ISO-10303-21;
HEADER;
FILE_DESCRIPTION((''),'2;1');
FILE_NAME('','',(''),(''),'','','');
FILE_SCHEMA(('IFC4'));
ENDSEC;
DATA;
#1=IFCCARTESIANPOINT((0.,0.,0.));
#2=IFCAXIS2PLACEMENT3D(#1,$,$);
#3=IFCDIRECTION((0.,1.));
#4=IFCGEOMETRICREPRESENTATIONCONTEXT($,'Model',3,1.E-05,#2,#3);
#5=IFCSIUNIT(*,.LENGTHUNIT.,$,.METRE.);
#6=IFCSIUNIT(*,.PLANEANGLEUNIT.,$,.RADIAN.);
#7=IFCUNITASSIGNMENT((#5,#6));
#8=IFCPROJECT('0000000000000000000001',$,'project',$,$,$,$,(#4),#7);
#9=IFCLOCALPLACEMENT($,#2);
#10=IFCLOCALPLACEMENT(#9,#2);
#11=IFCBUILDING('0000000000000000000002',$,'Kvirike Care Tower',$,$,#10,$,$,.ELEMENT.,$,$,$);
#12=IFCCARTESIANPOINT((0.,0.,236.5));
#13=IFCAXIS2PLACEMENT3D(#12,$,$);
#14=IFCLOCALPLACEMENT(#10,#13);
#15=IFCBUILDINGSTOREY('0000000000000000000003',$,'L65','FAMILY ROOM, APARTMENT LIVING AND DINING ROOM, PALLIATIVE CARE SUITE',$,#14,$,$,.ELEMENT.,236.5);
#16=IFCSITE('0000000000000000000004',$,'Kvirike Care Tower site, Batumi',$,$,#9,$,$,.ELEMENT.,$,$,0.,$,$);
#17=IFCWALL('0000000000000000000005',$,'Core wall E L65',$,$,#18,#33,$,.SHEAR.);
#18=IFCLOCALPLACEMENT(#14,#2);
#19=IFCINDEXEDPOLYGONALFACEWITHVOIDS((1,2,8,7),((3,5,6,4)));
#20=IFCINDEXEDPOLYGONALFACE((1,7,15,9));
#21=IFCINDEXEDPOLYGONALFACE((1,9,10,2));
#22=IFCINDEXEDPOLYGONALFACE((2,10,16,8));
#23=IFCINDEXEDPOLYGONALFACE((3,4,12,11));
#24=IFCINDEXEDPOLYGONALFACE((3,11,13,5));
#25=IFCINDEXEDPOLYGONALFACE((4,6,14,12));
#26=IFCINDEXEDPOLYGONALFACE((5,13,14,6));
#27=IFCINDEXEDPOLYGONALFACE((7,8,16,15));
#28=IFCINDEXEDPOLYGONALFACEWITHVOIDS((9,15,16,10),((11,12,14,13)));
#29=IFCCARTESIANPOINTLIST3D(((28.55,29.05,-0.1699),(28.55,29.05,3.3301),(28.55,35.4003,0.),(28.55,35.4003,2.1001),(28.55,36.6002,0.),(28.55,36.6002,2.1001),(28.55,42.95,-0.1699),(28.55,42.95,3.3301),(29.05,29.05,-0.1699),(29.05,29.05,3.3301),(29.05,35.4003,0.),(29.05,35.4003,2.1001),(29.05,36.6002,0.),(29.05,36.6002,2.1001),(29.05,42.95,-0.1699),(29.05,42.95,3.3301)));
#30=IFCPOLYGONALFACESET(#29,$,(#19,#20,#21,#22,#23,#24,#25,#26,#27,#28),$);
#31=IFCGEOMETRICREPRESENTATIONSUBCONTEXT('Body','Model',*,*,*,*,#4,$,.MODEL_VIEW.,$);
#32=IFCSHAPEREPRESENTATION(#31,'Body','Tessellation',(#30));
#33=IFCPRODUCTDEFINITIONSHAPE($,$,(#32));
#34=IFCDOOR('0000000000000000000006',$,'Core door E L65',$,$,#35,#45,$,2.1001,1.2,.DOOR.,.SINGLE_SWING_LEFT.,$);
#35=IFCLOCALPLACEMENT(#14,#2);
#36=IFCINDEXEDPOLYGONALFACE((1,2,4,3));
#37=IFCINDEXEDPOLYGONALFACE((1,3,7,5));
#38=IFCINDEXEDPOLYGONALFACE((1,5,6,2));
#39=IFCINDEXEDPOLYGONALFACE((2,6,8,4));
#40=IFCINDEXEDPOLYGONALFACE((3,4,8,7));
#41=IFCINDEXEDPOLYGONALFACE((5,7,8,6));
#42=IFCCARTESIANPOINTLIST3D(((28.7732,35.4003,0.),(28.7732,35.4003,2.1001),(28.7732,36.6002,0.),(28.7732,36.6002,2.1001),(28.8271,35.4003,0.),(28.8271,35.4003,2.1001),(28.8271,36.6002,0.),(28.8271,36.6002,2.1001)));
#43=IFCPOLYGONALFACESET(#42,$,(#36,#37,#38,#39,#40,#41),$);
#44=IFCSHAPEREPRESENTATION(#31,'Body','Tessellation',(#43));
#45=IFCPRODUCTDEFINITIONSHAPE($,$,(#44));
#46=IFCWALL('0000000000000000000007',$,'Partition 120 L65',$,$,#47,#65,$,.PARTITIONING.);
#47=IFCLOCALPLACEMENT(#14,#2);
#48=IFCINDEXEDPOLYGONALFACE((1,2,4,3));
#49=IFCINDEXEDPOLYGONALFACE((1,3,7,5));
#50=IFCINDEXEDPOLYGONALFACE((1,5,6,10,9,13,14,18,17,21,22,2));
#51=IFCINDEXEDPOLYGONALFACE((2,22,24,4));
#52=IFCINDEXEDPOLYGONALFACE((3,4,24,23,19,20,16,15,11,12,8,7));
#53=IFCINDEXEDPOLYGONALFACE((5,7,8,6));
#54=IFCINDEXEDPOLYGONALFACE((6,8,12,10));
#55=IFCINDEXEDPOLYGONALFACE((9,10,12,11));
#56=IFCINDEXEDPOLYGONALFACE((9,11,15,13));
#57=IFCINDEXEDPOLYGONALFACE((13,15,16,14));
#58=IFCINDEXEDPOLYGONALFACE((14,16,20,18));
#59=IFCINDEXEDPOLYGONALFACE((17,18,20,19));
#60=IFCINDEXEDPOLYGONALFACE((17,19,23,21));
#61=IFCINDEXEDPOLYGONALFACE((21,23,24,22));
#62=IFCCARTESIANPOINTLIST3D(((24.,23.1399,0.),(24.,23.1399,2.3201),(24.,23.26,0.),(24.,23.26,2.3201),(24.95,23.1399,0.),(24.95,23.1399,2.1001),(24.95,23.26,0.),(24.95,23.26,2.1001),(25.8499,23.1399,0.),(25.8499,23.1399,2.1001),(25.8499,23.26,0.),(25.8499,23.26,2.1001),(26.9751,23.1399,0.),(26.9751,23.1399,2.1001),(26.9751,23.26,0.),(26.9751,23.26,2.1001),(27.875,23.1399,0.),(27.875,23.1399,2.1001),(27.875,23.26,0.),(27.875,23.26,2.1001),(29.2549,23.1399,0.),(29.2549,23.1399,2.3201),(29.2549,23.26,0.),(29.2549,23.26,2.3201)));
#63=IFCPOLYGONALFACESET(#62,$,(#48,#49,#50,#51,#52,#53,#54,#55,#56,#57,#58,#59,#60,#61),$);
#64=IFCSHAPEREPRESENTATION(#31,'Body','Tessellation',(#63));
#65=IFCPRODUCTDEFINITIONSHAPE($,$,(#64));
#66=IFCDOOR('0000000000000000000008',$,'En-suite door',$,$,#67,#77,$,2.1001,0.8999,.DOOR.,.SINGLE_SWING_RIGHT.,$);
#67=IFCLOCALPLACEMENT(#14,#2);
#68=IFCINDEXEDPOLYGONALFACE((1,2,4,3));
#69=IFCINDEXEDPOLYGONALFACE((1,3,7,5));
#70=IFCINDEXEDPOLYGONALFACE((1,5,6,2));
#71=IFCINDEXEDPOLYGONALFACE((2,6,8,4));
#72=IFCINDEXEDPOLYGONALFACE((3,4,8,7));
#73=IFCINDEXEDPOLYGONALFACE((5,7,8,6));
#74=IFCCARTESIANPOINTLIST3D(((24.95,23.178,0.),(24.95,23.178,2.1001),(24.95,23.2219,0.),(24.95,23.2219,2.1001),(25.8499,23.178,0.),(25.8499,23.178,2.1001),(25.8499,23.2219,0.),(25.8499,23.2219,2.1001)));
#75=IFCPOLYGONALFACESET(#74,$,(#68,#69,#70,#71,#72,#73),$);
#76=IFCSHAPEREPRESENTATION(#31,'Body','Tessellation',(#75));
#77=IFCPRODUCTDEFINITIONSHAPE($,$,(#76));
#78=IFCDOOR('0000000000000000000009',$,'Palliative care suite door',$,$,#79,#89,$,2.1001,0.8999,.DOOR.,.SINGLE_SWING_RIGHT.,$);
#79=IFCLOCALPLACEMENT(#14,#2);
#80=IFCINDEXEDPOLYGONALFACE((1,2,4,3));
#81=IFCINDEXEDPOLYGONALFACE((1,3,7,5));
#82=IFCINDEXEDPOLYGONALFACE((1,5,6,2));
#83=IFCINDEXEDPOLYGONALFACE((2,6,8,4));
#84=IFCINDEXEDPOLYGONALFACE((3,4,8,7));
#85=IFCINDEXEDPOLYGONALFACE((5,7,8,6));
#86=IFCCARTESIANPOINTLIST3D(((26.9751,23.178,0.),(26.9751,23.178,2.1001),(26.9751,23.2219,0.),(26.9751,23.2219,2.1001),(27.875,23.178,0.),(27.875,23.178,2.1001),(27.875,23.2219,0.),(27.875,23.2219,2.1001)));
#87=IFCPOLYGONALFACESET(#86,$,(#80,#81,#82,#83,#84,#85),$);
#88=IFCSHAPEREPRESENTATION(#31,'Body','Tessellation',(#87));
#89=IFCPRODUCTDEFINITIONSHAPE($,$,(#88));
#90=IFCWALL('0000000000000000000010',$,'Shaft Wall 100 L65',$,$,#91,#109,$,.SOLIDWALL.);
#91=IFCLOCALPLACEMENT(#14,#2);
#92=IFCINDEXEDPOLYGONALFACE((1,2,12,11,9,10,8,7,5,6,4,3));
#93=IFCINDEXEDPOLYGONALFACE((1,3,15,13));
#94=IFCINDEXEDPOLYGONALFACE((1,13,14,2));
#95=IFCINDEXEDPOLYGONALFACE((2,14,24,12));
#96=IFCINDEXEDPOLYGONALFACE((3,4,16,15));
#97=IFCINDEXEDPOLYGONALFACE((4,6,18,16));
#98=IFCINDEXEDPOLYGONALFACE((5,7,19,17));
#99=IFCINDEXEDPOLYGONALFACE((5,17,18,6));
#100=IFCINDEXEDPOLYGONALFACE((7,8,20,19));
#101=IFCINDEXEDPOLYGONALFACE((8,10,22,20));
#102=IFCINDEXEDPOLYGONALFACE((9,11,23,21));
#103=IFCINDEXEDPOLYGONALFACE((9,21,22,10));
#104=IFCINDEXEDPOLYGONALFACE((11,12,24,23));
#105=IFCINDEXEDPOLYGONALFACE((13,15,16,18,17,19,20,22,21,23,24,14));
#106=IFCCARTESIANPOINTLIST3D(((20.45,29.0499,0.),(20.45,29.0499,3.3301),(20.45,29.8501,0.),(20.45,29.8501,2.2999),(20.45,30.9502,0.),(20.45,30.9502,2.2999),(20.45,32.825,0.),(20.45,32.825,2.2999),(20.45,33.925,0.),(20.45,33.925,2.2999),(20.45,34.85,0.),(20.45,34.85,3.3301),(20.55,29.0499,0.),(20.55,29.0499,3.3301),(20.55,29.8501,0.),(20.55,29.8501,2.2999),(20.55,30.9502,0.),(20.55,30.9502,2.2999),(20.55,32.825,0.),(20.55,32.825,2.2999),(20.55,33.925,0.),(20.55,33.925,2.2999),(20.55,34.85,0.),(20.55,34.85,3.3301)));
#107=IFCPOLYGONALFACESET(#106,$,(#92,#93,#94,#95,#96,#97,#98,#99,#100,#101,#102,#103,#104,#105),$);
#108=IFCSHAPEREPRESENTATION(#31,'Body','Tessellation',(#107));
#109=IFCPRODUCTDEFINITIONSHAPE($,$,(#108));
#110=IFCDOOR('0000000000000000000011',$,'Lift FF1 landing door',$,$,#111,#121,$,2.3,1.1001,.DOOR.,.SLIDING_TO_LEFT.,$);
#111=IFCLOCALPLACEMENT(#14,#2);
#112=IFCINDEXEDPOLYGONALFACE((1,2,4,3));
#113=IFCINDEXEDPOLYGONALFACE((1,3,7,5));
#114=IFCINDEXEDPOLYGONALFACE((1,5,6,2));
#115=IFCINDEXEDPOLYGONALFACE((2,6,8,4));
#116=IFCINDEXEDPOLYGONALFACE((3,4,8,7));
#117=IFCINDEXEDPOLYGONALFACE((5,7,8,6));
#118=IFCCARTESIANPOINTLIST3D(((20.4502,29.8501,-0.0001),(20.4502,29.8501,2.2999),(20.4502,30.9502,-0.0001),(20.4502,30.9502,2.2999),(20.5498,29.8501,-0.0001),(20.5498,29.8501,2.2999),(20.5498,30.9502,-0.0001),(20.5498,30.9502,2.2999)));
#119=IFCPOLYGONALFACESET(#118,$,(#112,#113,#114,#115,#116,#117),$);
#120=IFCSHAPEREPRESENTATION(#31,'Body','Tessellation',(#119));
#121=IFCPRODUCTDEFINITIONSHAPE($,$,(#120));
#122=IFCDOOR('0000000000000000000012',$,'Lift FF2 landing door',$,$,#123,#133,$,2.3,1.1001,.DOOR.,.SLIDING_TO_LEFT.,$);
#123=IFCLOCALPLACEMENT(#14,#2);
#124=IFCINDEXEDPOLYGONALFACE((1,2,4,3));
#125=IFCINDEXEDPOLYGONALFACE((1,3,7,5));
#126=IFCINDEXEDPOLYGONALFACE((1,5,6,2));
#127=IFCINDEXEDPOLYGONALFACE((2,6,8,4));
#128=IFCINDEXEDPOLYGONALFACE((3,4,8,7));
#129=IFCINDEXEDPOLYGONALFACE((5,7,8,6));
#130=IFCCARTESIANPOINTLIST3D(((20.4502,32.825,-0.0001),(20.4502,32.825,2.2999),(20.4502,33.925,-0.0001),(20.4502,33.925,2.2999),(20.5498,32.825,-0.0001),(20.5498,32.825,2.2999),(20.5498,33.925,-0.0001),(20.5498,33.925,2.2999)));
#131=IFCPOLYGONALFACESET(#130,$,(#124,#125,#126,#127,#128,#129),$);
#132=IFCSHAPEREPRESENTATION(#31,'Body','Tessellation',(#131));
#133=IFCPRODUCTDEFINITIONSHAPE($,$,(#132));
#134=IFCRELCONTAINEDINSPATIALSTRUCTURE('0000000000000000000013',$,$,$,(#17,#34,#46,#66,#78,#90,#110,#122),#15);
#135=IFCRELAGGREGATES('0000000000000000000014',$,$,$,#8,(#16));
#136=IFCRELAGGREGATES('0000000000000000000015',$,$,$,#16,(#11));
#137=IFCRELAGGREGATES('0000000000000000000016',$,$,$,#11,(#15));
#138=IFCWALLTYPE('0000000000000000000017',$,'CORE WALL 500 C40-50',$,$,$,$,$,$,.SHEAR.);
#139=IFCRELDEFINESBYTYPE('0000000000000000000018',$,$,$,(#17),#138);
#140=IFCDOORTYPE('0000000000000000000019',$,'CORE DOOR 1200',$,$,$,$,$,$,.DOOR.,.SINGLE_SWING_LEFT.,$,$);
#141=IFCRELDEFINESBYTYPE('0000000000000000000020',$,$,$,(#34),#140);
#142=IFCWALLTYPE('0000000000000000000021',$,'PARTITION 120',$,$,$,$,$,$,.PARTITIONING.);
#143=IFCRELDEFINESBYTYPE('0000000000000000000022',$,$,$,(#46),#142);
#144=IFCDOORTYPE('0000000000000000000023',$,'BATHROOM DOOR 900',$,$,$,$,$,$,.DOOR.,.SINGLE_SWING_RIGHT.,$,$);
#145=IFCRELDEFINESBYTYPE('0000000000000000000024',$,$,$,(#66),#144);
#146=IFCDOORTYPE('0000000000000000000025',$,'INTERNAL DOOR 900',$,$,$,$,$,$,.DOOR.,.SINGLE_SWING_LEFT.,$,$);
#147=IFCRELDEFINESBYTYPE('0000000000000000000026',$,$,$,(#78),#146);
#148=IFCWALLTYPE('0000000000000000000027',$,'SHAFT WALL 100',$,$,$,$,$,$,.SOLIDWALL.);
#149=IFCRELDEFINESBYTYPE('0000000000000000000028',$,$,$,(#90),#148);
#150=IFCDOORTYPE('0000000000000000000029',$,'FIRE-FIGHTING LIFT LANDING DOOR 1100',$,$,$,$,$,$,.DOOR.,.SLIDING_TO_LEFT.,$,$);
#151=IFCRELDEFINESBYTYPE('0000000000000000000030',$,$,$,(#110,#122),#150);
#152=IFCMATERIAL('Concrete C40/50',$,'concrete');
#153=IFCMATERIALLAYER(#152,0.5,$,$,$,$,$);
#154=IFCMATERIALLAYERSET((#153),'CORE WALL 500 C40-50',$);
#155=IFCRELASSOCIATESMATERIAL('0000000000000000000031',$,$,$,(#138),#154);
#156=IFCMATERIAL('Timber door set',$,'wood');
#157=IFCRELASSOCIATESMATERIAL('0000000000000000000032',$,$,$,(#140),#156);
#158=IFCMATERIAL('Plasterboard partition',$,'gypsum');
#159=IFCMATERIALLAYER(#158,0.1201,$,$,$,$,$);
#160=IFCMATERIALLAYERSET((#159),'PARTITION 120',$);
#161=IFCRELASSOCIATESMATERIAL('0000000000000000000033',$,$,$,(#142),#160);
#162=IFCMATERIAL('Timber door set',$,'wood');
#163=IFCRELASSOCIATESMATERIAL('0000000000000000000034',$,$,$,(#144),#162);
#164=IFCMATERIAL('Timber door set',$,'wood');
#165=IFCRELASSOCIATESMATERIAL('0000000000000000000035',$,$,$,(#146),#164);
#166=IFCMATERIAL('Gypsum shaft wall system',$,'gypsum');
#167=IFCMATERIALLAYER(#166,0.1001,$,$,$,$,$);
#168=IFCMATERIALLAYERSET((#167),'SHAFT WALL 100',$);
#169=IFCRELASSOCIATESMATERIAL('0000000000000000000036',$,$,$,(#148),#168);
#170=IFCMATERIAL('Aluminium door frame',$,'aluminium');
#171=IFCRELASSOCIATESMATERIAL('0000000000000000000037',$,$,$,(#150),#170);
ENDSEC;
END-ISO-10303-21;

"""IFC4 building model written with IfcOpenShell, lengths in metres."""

from ifc_helpers import new_model, si_unit, direction, frame, frame_2d, origin, place, context, subcontext, project, spatial, rectangle, extrude, material, layer, layer_set, type_object, element, fill, save


model = new_model("IFC4")

# Units and contexts
model_context = context("Model", 3, precision=1e-05, world=origin(), true_north=direction((0.0, 1.0)))
body_context = subcontext(model_context, "Body", "Model", "MODEL_VIEW")
ifc_project = project(units=[si_unit("LENGTHUNIT", "METRE"), si_unit("PLANEANGLEUNIT", "RADIAN")], contexts=[model_context])

# Site, building, storey
site_placement = place(None, origin())
site = spatial("IfcSite", under=ifc_project, at=site_placement, Name="Kvirike Care Tower site, Batumi", CompositionType="ELEMENT", RefElevation=0.0)
building_placement = place(site_placement, origin())
building = spatial("IfcBuilding", under=site, at=building_placement, Name="Kvirike Care Tower", CompositionType="ELEMENT")
storey_placement = place(building_placement, frame((0.0, 0.0, 236.5)))
storey = spatial("IfcBuildingStorey", under=building, at=storey_placement, Name="L65", Description="FAMILY ROOM, APARTMENT LIVING AND DINING ROOM, PALLIATIVE CARE SUITE", CompositionType="ELEMENT", Elevation=236.5)

# Wall, opening, door
ifc_material_1 = material(Name="Concrete C40/50", Category="concrete")
ifc_layer_1 = layer(ifc_material_1, 0.5)
ifc_layer_set_1 = layer_set([ifc_layer_1], Name="CORE WALL 500 C40-50")
wall_type_1 = type_object("IfcWallType", Name="CORE WALL 500 C40-50", PredefinedType="SHEAR", material=ifc_layer_set_1)
wall_1_placement = place(storey_placement, frame((28.8, 29.05, -0.1699), z_axis=(0.0, 0.0, 1.0), x_axis=(0.0, 1.0, 0.0)))
wall_1 = element("IfcWall", 1, at=wall_1_placement, inside=storey, type_object=wall_type_1, Name="Core wall E L65", PredefinedType="SHEAR", context=body_context, shape_type="SweptSolid", body=[
    extrude(rectangle(XDim=13.8999, YDim=0.5, at=frame_2d((6.95, 0.0))), origin(), (0.0, 0.0, 1.0), 3.5),
])
opening_1_placement = place(wall_1_placement, frame((6.3501, 0.0, 0.1699)))
opening_1 = element("IfcOpeningElement", 2, at=opening_1_placement, cuts=wall_1, PredefinedType="OPENING", context=body_context, shape_type="SweptSolid", body=[
    extrude(rectangle(XDim=1.2, YDim=2.1001, at=frame_2d((0.6001, 1.05))), frame((0.0, 0.2605, 0.0), z_axis=(0.0, -1.0, 0.0), x_axis=(1.0, 0.0, 0.0)), (0.0, 0.0, 1.0), 0.521),
])
ifc_material_2 = material(Name="Timber door set", Category="wood")
door_type_1 = type_object("IfcDoorType", Name="CORE DOOR 1200", OperationType="SINGLE_SWING_LEFT", PredefinedType="DOOR", material=ifc_material_2)
door_1_placement = place(opening_1_placement, origin())
door_1 = element("IfcDoor", 3, at=door_1_placement, inside=storey, type_object=door_type_1, Name="Core door E L65", OperationType="SINGLE_SWING_LEFT", OverallHeight=2.1001, OverallWidth=1.2, PredefinedType="DOOR", context=body_context, shape_type="SweptSolid", body=[
    extrude(rectangle(XDim=1.2, YDim=2.1001, at=frame_2d((0.6001, 1.05))), frame((0.0, 0.0269, 0.0), z_axis=(0.0, -1.0, 0.0), x_axis=(1.0, 0.0, 0.0)), (0.0, 0.0, 1.0), 0.054),
])
fill(opening_1, door_1)

# Walls, openings, doors
ifc_material_3 = material(Name="Plasterboard partition", Category="gypsum")
ifc_layer_2 = layer(ifc_material_3, 0.1201)
ifc_layer_set_2 = layer_set([ifc_layer_2], Name="PARTITION 120")
wall_type_2 = type_object("IfcWallType", Name="PARTITION 120", PredefinedType="PARTITIONING", material=ifc_layer_set_2)
wall_2_placement = place(storey_placement, frame((24.0, 23.2, 0.0), z_axis=(0.0, 0.0, 1.0), x_axis=(1.0, 0.0, 0.0)))
wall_2 = element("IfcWall", 4, at=wall_2_placement, inside=storey, type_object=wall_type_2, Name="Partition 120 L65", PredefinedType="PARTITIONING", context=body_context, shape_type="SweptSolid", body=[
    extrude(rectangle(XDim=5.2549, YDim=0.1201, at=frame_2d((2.6274, 0.0))), origin(), (0.0, 0.0, 1.0), 2.3201),
])
opening_2_placement = place(wall_2_placement, frame((2.9751, 0.0, 0.0)))
opening_2 = element("IfcOpeningElement", 5, at=opening_2_placement, cuts=wall_2, PredefinedType="OPENING", context=body_context, shape_type="SweptSolid", body=[
    extrude(rectangle(XDim=0.8999, YDim=2.1001, at=frame_2d((0.45, 1.05))), frame((0.0, 0.0706, 0.0), z_axis=(0.0, -1.0, 0.0), x_axis=(1.0, 0.0, 0.0)), (0.0, 0.0, 1.0), 0.1411),
])
opening_3_placement = place(wall_2_placement, frame((0.95, 0.0, 0.0)))
opening_3 = element("IfcOpeningElement", 6, at=opening_3_placement, cuts=wall_2, PredefinedType="OPENING", context=body_context, shape_type="SweptSolid", body=[
    extrude(rectangle(XDim=0.8999, YDim=2.1001, at=frame_2d((0.45, 1.05))), frame((0.0, 0.0706, 0.0), z_axis=(0.0, -1.0, 0.0), x_axis=(1.0, 0.0, 0.0)), (0.0, 0.0, 1.0), 0.1411),
])
ifc_material_4 = material(Name="Timber door set", Category="wood")
door_type_2 = type_object("IfcDoorType", Name="BATHROOM DOOR 900", OperationType="SINGLE_SWING_RIGHT", PredefinedType="DOOR", material=ifc_material_4)
door_2_placement = place(opening_3_placement, origin())
door_2 = element("IfcDoor", 7, at=door_2_placement, inside=storey, type_object=door_type_2, Name="En-suite door", OperationType="SINGLE_SWING_RIGHT", OverallHeight=2.1001, OverallWidth=0.8999, PredefinedType="DOOR", context=body_context, shape_type="SweptSolid", body=[
    extrude(rectangle(XDim=0.8999, YDim=2.1001, at=frame_2d((0.45, 1.05))), frame((0.0, 0.022, 0.0), z_axis=(0.0, -1.0, 0.0), x_axis=(1.0, 0.0, 0.0)), (0.0, 0.0, 1.0), 0.0439),
])
fill(opening_3, door_2)
ifc_material_5 = material(Name="Timber door set", Category="wood")
door_type_3 = type_object("IfcDoorType", Name="INTERNAL DOOR 900", OperationType="SINGLE_SWING_LEFT", PredefinedType="DOOR", material=ifc_material_5)
door_3_placement = place(opening_2_placement, origin())
door_3 = element("IfcDoor", 8, at=door_3_placement, inside=storey, type_object=door_type_3, Name="Palliative care suite door", OperationType="SINGLE_SWING_RIGHT", OverallHeight=2.1001, OverallWidth=0.8999, PredefinedType="DOOR", context=body_context, shape_type="SweptSolid", body=[
    extrude(rectangle(XDim=0.8999, YDim=2.1001, at=frame_2d((0.45, 1.05))), frame((0.0, 0.022, 0.0), z_axis=(0.0, -1.0, 0.0), x_axis=(1.0, 0.0, 0.0)), (0.0, 0.0, 1.0), 0.0439),
])
fill(opening_2, door_3)
ifc_material_6 = material(Name="Gypsum shaft wall system", Category="gypsum")
ifc_layer_3 = layer(ifc_material_6, 0.1001)
ifc_layer_set_3 = layer_set([ifc_layer_3], Name="SHAFT WALL 100")
wall_type_3 = type_object("IfcWallType", Name="SHAFT WALL 100", PredefinedType="SOLIDWALL", material=ifc_layer_set_3)
wall_3_placement = place(storey_placement, frame((20.5, 29.05, 0.0), z_axis=(0.0, 0.0, 1.0), x_axis=(0.0, 1.0, 0.0)))
wall_3 = element("IfcWall", 9, at=wall_3_placement, inside=storey, type_object=wall_type_3, Name="Shaft Wall 100 L65", PredefinedType="SOLIDWALL", context=body_context, shape_type="SweptSolid", body=[
    extrude(rectangle(XDim=5.8, YDim=0.1001, at=frame_2d((2.8999, 0.0))), origin(), (0.0, 0.0, 1.0), 3.3301),
])
opening_4_placement = place(wall_3_placement, frame((0.8, 0.0, 0.0)))
opening_4 = element("IfcOpeningElement", 10, at=opening_4_placement, cuts=wall_3, PredefinedType="OPENING", context=body_context, shape_type="SweptSolid", body=[
    extrude(rectangle(XDim=1.1001, YDim=2.3, at=frame_2d((0.55, 1.1499))), frame((0.0, 0.0605, 0.0), z_axis=(0.0, -1.0, 0.0), x_axis=(1.0, 0.0, 0.0)), (0.0, 0.0, 1.0), 0.1211),
])
opening_5_placement = place(wall_3_placement, frame((3.7749, 0.0, 0.0)))
opening_5 = element("IfcOpeningElement", 11, at=opening_5_placement, cuts=wall_3, PredefinedType="OPENING", context=body_context, shape_type="SweptSolid", body=[
    extrude(rectangle(XDim=1.1001, YDim=2.3, at=frame_2d((0.55, 1.1499))), frame((0.0, 0.0605, 0.0), z_axis=(0.0, -1.0, 0.0), x_axis=(1.0, 0.0, 0.0)), (0.0, 0.0, 1.0), 0.1211),
])
ifc_material_7 = material(Name="Aluminium door frame", Category="aluminium")
door_type_4 = type_object("IfcDoorType", Name="FIRE-FIGHTING LIFT LANDING DOOR 1100", OperationType="SLIDING_TO_LEFT", PredefinedType="DOOR", material=ifc_material_7)
door_4_placement = place(opening_4_placement, origin())
door_4 = element("IfcDoor", 12, at=door_4_placement, inside=storey, type_object=door_type_4, Name="Lift FF1 landing door", OperationType="SLIDING_TO_LEFT", OverallHeight=2.3, OverallWidth=1.1001, PredefinedType="DOOR", context=body_context, shape_type="SweptSolid", body=[
    extrude(rectangle(XDim=1.1001, YDim=2.3, at=frame_2d((0.55, 1.1499))), frame((0.0, 0.0498, 0.0), z_axis=(0.0, -1.0, 0.0), x_axis=(1.0, 0.0, 0.0)), (0.0, 0.0, 1.0), 0.0996),
])
fill(opening_4, door_4)
door_5_placement = place(opening_5_placement, origin())
door_5 = element("IfcDoor", 13, at=door_5_placement, inside=storey, type_object=door_type_4, Name="Lift FF2 landing door", OperationType="SLIDING_TO_LEFT", OverallHeight=2.3, OverallWidth=1.1001, PredefinedType="DOOR", context=body_context, shape_type="SweptSolid", body=[
    extrude(rectangle(XDim=1.1001, YDim=2.3, at=frame_2d((0.55, 1.1499))), frame((0.0, 0.0498, 0.0), z_axis=(0.0, -1.0, 0.0), x_axis=(1.0, 0.0, 0.0)), (0.0, 0.0, 1.0), 0.0996),
])
fill(opening_5, door_5)

save(model, "model.ifc")
